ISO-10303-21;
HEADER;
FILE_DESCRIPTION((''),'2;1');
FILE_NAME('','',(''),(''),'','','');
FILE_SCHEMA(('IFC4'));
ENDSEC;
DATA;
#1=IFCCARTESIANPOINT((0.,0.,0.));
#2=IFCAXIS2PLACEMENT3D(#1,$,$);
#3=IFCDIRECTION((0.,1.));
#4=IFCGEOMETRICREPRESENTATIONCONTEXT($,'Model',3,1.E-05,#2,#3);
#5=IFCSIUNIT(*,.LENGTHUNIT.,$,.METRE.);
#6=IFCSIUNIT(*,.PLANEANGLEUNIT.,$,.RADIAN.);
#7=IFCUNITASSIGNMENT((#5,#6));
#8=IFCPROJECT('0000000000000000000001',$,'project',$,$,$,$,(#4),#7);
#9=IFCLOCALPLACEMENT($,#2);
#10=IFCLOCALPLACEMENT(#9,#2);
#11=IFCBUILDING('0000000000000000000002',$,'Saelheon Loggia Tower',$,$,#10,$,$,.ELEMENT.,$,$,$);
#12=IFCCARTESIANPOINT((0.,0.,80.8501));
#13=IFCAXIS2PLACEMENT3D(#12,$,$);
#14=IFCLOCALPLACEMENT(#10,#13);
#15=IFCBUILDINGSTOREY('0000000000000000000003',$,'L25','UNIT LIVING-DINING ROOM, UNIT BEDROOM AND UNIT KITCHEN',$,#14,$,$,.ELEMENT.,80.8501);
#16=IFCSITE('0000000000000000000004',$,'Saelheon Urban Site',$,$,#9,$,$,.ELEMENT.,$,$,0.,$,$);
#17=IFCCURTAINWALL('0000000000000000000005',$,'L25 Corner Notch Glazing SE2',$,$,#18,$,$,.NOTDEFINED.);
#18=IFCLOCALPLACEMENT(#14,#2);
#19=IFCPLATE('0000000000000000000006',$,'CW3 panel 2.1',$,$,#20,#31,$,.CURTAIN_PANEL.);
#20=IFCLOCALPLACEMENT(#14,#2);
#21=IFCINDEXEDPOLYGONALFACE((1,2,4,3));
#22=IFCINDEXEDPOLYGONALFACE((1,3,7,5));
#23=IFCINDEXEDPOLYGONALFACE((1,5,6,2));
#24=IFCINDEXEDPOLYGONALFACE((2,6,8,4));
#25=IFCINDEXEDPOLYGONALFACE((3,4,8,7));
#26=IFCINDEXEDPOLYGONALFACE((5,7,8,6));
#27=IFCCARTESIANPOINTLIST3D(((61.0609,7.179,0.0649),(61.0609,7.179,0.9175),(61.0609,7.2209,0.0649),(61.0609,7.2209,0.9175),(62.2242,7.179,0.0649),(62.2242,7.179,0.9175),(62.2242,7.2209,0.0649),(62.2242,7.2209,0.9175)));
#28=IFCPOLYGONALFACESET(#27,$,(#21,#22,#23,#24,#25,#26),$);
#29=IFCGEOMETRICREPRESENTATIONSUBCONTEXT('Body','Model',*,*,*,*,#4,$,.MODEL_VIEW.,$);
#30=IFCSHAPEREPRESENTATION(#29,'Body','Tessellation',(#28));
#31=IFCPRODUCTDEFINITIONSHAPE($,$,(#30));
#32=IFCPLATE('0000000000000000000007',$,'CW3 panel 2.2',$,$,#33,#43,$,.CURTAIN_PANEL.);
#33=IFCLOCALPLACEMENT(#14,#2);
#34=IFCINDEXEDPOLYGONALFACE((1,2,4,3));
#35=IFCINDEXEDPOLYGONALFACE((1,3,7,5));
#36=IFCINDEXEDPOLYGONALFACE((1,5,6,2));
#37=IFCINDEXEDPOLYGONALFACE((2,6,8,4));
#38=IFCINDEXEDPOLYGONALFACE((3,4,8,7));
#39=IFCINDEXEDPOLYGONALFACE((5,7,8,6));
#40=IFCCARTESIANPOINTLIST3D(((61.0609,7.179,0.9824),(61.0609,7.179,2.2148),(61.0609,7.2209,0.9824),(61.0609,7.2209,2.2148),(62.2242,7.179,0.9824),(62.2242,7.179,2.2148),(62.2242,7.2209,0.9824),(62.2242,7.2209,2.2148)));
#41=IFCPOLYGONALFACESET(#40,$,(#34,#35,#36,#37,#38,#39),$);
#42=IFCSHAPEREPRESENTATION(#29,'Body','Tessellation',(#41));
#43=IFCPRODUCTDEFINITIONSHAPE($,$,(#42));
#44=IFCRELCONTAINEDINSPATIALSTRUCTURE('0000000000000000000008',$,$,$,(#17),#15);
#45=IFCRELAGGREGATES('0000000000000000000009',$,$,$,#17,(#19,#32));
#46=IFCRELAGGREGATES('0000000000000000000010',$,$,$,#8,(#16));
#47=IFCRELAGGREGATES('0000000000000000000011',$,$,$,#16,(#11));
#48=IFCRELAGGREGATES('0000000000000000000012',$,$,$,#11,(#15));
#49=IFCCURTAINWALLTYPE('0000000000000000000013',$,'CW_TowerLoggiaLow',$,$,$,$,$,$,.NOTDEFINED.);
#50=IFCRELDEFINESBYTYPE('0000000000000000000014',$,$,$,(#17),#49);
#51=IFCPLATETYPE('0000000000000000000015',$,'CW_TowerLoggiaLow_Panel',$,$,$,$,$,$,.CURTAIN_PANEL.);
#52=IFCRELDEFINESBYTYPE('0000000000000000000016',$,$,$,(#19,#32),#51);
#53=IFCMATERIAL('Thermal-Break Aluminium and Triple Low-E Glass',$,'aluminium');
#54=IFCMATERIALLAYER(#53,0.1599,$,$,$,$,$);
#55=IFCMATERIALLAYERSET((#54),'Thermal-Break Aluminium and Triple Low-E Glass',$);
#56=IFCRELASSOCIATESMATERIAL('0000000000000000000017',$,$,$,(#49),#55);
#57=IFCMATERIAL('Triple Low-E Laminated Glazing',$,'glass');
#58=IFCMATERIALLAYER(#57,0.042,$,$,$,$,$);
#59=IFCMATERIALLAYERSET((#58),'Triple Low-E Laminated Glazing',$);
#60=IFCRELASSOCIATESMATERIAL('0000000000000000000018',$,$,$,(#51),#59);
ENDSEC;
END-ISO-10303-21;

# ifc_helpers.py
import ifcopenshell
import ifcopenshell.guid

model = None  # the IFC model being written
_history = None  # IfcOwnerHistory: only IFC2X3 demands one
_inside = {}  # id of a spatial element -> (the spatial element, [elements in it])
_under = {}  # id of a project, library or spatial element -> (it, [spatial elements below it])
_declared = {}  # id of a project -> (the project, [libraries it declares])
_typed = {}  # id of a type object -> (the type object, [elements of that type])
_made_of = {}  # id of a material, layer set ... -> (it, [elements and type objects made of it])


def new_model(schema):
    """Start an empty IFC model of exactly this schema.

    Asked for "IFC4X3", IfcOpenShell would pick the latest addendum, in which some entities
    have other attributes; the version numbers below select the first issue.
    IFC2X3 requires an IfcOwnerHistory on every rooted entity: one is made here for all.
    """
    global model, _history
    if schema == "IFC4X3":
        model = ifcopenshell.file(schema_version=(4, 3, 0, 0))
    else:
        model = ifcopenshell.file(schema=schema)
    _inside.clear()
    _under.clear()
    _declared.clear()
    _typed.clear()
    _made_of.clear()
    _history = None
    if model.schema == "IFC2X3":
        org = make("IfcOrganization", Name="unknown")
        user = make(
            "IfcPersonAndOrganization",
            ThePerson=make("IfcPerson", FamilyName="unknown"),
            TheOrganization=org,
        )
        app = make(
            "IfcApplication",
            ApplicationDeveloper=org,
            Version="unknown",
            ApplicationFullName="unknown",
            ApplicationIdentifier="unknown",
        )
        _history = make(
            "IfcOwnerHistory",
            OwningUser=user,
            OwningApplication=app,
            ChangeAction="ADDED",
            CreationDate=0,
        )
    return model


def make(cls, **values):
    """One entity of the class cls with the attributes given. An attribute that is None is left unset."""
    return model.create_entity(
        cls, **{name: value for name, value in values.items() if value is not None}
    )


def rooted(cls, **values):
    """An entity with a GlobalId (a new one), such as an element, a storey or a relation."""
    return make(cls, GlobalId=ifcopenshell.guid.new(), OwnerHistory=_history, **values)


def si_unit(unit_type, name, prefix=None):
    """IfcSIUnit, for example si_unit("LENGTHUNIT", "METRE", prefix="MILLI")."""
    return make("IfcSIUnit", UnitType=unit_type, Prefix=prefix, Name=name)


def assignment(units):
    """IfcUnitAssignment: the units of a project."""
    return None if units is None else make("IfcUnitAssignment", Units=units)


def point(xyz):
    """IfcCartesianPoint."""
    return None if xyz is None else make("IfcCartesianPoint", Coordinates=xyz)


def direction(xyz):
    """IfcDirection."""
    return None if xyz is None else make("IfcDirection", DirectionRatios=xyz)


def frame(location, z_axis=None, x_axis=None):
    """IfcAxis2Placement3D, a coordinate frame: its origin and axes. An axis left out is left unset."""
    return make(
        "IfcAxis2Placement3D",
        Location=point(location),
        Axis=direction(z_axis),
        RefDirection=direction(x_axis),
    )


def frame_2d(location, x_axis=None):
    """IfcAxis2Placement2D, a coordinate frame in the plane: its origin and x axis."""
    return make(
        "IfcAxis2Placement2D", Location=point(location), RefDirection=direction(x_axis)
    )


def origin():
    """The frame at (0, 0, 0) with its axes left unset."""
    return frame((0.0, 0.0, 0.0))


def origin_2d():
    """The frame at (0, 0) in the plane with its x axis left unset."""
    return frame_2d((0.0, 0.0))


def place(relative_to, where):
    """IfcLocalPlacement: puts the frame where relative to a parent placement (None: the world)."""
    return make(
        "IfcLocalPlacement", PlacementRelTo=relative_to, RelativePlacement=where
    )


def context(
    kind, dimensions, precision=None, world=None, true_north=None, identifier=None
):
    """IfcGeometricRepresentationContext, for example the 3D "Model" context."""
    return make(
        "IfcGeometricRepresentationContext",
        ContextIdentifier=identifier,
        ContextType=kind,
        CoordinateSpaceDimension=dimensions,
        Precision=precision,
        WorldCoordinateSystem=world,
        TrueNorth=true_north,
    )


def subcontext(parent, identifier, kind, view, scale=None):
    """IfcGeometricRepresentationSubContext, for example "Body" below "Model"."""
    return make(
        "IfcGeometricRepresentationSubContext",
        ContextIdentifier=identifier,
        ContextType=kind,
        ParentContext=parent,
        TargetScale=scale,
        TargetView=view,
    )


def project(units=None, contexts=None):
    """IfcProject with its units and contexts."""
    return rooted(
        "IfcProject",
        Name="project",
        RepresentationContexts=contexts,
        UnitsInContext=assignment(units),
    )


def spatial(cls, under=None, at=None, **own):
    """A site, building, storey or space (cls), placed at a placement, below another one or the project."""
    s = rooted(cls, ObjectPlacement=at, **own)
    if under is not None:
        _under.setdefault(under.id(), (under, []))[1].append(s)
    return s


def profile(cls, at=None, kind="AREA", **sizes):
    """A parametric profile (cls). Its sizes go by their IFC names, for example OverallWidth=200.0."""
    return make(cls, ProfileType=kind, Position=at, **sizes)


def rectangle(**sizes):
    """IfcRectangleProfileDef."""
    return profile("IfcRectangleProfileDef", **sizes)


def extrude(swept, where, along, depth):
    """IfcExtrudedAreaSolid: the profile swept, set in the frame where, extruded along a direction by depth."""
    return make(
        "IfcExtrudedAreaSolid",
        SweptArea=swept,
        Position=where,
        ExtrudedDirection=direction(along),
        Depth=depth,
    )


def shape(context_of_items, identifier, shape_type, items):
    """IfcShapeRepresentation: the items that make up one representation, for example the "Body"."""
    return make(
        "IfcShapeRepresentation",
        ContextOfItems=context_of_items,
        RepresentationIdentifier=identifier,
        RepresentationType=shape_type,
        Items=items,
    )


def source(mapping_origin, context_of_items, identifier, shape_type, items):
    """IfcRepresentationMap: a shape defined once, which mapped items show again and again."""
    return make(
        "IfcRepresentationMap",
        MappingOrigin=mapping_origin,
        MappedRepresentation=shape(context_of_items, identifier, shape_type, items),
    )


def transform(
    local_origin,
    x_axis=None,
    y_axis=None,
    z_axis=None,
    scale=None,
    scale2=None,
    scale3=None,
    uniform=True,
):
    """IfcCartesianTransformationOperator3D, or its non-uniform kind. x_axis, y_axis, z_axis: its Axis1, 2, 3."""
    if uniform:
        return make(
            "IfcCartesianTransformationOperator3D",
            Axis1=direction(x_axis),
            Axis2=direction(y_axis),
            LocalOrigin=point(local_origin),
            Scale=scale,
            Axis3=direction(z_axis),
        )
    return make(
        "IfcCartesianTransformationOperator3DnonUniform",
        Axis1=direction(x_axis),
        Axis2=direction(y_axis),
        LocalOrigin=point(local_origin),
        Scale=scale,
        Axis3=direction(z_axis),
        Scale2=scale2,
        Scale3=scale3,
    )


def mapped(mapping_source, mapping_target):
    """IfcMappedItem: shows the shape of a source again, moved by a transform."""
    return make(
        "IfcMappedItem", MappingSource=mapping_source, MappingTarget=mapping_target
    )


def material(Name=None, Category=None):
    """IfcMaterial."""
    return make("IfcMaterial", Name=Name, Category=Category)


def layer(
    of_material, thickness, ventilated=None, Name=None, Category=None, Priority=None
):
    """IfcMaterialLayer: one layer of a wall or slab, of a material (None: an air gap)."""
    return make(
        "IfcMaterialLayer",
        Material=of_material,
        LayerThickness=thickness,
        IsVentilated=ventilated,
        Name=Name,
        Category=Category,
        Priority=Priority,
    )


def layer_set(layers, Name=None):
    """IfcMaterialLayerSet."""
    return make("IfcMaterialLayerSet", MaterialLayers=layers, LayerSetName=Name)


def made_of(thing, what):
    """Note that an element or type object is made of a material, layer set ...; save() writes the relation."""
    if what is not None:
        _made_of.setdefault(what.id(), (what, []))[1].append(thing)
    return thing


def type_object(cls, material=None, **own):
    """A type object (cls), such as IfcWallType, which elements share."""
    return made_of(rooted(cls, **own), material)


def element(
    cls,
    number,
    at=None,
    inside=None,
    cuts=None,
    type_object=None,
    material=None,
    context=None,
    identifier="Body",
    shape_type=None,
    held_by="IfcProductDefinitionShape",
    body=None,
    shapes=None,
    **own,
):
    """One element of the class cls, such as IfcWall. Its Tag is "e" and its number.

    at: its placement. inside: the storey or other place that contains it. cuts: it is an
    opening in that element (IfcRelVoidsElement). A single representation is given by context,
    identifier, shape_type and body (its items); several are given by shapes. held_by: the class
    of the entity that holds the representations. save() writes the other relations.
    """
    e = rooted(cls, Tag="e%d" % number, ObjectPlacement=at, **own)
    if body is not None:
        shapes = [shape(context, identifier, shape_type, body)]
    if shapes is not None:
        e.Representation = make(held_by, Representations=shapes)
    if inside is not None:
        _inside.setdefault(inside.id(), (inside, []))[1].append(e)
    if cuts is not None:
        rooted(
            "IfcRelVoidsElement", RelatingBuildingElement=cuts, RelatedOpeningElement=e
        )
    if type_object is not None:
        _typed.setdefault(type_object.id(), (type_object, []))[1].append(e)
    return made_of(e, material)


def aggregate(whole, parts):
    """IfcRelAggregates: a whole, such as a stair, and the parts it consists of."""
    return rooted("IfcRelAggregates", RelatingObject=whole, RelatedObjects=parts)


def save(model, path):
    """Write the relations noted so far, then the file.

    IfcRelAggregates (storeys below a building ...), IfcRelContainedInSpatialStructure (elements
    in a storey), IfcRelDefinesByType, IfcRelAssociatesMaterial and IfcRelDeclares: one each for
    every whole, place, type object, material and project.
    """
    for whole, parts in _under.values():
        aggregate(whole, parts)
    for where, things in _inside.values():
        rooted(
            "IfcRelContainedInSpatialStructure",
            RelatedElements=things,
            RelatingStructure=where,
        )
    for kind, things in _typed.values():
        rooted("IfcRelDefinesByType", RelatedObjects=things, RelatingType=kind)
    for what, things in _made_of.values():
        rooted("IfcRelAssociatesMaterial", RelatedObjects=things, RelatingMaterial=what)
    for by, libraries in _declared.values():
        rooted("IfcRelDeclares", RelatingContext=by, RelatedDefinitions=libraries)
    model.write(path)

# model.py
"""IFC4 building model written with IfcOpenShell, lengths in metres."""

from ifc_helpers import new_model, si_unit, direction, frame, origin, origin_2d, place, context, subcontext, project, spatial, rectangle, extrude, source, transform, mapped, material, layer, layer_set, type_object, element, aggregate, save


model = new_model("IFC4")

# Units and contexts
model_context = context("Model", 3, precision=1e-05, world=origin(), true_north=direction((0.0, 1.0)))
body_context = subcontext(model_context, "Body", "Model", "MODEL_VIEW")
ifc_project = project(units=[si_unit("LENGTHUNIT", "METRE"), si_unit("PLANEANGLEUNIT", "RADIAN")], contexts=[model_context])

# Site, building, storey
site_placement = place(None, origin())
site = spatial("IfcSite", under=ifc_project, at=site_placement, Name="Saelheon Urban Site", CompositionType="ELEMENT", RefElevation=0.0)
building_placement = place(site_placement, origin())
building = spatial("IfcBuilding", under=site, at=building_placement, Name="Saelheon Loggia Tower", CompositionType="ELEMENT")
storey_placement = place(building_placement, frame((0.0, 0.0, 80.8501)))
storey = spatial("IfcBuildingStorey", under=building, at=storey_placement, Name="L25", Description="UNIT LIVING-DINING ROOM, UNIT BEDROOM AND UNIT KITCHEN", CompositionType="ELEMENT", Elevation=80.8501)

# Curtain wall, plates
ifc_material_1 = material(Name="Thermal-Break Aluminium and Triple Low-E Glass", Category="aluminium")
ifc_layer_1 = layer(ifc_material_1, 0.1599)
ifc_layer_set_1 = layer_set([ifc_layer_1], Name="Thermal-Break Aluminium and Triple Low-E Glass")
curtain_wall_type = type_object("IfcCurtainWallType", Name="CW_TowerLoggiaLow", PredefinedType="NOTDEFINED", material=ifc_layer_set_1)
curtain_wall_placement = place(storey_placement, origin())
curtain_wall = element("IfcCurtainWall", 1, at=curtain_wall_placement, inside=storey, type_object=curtain_wall_type, Name="L25 Corner Notch Glazing SE2", PredefinedType="NOTDEFINED")
ifc_material_2 = material(Name="Triple Low-E Laminated Glazing", Category="glass")
ifc_layer_2 = layer(ifc_material_2, 0.042)
ifc_layer_set_2 = layer_set([ifc_layer_2], Name="Triple Low-E Laminated Glazing")
plate_type = type_object("IfcPlateType", Name="CW_TowerLoggiaLow_Panel", PredefinedType="CURTAIN_PANEL", material=ifc_layer_set_2)
shared_shape_1 = source(origin(), body_context, "Body", "SweptSolid", [
    extrude(rectangle(XDim=1.1633, YDim=0.042, at=origin_2d()), origin(), (0.0, 0.0, 1.0), 0.8525),
])
plate_1_placement = place(storey_placement, frame((61.6426, 7.2, 0.0649), z_axis=(0.0, 0.0, 1.0), x_axis=(1.0, 0.0, 0.0)))
plate_1 = element("IfcPlate", 2, at=plate_1_placement, type_object=plate_type, Name="CW3 panel 2.1", PredefinedType="CURTAIN_PANEL", context=body_context, shape_type="MappedRepresentation", body=[
    mapped(shared_shape_1, transform((0.0, 0.0, 0.0), scale=1.0)),
])
shared_shape_2 = source(origin(), body_context, "Body", "SweptSolid", [
    extrude(rectangle(XDim=1.1633, YDim=0.042, at=origin_2d()), origin(), (0.0, 0.0, 1.0), 1.2324),
])
plate_2_placement = place(storey_placement, frame((61.6426, 7.2, 0.9824), z_axis=(0.0, 0.0, 1.0), x_axis=(1.0, 0.0, 0.0)))
plate_2 = element("IfcPlate", 3, at=plate_2_placement, type_object=plate_type, Name="CW3 panel 2.2", PredefinedType="CURTAIN_PANEL", context=body_context, shape_type="MappedRepresentation", body=[
    mapped(shared_shape_2, transform((0.0, 0.0, 0.0), scale=1.0)),
])
aggregate(curtain_wall, [plate_1, plate_2])

save(model, "model.ifc")
